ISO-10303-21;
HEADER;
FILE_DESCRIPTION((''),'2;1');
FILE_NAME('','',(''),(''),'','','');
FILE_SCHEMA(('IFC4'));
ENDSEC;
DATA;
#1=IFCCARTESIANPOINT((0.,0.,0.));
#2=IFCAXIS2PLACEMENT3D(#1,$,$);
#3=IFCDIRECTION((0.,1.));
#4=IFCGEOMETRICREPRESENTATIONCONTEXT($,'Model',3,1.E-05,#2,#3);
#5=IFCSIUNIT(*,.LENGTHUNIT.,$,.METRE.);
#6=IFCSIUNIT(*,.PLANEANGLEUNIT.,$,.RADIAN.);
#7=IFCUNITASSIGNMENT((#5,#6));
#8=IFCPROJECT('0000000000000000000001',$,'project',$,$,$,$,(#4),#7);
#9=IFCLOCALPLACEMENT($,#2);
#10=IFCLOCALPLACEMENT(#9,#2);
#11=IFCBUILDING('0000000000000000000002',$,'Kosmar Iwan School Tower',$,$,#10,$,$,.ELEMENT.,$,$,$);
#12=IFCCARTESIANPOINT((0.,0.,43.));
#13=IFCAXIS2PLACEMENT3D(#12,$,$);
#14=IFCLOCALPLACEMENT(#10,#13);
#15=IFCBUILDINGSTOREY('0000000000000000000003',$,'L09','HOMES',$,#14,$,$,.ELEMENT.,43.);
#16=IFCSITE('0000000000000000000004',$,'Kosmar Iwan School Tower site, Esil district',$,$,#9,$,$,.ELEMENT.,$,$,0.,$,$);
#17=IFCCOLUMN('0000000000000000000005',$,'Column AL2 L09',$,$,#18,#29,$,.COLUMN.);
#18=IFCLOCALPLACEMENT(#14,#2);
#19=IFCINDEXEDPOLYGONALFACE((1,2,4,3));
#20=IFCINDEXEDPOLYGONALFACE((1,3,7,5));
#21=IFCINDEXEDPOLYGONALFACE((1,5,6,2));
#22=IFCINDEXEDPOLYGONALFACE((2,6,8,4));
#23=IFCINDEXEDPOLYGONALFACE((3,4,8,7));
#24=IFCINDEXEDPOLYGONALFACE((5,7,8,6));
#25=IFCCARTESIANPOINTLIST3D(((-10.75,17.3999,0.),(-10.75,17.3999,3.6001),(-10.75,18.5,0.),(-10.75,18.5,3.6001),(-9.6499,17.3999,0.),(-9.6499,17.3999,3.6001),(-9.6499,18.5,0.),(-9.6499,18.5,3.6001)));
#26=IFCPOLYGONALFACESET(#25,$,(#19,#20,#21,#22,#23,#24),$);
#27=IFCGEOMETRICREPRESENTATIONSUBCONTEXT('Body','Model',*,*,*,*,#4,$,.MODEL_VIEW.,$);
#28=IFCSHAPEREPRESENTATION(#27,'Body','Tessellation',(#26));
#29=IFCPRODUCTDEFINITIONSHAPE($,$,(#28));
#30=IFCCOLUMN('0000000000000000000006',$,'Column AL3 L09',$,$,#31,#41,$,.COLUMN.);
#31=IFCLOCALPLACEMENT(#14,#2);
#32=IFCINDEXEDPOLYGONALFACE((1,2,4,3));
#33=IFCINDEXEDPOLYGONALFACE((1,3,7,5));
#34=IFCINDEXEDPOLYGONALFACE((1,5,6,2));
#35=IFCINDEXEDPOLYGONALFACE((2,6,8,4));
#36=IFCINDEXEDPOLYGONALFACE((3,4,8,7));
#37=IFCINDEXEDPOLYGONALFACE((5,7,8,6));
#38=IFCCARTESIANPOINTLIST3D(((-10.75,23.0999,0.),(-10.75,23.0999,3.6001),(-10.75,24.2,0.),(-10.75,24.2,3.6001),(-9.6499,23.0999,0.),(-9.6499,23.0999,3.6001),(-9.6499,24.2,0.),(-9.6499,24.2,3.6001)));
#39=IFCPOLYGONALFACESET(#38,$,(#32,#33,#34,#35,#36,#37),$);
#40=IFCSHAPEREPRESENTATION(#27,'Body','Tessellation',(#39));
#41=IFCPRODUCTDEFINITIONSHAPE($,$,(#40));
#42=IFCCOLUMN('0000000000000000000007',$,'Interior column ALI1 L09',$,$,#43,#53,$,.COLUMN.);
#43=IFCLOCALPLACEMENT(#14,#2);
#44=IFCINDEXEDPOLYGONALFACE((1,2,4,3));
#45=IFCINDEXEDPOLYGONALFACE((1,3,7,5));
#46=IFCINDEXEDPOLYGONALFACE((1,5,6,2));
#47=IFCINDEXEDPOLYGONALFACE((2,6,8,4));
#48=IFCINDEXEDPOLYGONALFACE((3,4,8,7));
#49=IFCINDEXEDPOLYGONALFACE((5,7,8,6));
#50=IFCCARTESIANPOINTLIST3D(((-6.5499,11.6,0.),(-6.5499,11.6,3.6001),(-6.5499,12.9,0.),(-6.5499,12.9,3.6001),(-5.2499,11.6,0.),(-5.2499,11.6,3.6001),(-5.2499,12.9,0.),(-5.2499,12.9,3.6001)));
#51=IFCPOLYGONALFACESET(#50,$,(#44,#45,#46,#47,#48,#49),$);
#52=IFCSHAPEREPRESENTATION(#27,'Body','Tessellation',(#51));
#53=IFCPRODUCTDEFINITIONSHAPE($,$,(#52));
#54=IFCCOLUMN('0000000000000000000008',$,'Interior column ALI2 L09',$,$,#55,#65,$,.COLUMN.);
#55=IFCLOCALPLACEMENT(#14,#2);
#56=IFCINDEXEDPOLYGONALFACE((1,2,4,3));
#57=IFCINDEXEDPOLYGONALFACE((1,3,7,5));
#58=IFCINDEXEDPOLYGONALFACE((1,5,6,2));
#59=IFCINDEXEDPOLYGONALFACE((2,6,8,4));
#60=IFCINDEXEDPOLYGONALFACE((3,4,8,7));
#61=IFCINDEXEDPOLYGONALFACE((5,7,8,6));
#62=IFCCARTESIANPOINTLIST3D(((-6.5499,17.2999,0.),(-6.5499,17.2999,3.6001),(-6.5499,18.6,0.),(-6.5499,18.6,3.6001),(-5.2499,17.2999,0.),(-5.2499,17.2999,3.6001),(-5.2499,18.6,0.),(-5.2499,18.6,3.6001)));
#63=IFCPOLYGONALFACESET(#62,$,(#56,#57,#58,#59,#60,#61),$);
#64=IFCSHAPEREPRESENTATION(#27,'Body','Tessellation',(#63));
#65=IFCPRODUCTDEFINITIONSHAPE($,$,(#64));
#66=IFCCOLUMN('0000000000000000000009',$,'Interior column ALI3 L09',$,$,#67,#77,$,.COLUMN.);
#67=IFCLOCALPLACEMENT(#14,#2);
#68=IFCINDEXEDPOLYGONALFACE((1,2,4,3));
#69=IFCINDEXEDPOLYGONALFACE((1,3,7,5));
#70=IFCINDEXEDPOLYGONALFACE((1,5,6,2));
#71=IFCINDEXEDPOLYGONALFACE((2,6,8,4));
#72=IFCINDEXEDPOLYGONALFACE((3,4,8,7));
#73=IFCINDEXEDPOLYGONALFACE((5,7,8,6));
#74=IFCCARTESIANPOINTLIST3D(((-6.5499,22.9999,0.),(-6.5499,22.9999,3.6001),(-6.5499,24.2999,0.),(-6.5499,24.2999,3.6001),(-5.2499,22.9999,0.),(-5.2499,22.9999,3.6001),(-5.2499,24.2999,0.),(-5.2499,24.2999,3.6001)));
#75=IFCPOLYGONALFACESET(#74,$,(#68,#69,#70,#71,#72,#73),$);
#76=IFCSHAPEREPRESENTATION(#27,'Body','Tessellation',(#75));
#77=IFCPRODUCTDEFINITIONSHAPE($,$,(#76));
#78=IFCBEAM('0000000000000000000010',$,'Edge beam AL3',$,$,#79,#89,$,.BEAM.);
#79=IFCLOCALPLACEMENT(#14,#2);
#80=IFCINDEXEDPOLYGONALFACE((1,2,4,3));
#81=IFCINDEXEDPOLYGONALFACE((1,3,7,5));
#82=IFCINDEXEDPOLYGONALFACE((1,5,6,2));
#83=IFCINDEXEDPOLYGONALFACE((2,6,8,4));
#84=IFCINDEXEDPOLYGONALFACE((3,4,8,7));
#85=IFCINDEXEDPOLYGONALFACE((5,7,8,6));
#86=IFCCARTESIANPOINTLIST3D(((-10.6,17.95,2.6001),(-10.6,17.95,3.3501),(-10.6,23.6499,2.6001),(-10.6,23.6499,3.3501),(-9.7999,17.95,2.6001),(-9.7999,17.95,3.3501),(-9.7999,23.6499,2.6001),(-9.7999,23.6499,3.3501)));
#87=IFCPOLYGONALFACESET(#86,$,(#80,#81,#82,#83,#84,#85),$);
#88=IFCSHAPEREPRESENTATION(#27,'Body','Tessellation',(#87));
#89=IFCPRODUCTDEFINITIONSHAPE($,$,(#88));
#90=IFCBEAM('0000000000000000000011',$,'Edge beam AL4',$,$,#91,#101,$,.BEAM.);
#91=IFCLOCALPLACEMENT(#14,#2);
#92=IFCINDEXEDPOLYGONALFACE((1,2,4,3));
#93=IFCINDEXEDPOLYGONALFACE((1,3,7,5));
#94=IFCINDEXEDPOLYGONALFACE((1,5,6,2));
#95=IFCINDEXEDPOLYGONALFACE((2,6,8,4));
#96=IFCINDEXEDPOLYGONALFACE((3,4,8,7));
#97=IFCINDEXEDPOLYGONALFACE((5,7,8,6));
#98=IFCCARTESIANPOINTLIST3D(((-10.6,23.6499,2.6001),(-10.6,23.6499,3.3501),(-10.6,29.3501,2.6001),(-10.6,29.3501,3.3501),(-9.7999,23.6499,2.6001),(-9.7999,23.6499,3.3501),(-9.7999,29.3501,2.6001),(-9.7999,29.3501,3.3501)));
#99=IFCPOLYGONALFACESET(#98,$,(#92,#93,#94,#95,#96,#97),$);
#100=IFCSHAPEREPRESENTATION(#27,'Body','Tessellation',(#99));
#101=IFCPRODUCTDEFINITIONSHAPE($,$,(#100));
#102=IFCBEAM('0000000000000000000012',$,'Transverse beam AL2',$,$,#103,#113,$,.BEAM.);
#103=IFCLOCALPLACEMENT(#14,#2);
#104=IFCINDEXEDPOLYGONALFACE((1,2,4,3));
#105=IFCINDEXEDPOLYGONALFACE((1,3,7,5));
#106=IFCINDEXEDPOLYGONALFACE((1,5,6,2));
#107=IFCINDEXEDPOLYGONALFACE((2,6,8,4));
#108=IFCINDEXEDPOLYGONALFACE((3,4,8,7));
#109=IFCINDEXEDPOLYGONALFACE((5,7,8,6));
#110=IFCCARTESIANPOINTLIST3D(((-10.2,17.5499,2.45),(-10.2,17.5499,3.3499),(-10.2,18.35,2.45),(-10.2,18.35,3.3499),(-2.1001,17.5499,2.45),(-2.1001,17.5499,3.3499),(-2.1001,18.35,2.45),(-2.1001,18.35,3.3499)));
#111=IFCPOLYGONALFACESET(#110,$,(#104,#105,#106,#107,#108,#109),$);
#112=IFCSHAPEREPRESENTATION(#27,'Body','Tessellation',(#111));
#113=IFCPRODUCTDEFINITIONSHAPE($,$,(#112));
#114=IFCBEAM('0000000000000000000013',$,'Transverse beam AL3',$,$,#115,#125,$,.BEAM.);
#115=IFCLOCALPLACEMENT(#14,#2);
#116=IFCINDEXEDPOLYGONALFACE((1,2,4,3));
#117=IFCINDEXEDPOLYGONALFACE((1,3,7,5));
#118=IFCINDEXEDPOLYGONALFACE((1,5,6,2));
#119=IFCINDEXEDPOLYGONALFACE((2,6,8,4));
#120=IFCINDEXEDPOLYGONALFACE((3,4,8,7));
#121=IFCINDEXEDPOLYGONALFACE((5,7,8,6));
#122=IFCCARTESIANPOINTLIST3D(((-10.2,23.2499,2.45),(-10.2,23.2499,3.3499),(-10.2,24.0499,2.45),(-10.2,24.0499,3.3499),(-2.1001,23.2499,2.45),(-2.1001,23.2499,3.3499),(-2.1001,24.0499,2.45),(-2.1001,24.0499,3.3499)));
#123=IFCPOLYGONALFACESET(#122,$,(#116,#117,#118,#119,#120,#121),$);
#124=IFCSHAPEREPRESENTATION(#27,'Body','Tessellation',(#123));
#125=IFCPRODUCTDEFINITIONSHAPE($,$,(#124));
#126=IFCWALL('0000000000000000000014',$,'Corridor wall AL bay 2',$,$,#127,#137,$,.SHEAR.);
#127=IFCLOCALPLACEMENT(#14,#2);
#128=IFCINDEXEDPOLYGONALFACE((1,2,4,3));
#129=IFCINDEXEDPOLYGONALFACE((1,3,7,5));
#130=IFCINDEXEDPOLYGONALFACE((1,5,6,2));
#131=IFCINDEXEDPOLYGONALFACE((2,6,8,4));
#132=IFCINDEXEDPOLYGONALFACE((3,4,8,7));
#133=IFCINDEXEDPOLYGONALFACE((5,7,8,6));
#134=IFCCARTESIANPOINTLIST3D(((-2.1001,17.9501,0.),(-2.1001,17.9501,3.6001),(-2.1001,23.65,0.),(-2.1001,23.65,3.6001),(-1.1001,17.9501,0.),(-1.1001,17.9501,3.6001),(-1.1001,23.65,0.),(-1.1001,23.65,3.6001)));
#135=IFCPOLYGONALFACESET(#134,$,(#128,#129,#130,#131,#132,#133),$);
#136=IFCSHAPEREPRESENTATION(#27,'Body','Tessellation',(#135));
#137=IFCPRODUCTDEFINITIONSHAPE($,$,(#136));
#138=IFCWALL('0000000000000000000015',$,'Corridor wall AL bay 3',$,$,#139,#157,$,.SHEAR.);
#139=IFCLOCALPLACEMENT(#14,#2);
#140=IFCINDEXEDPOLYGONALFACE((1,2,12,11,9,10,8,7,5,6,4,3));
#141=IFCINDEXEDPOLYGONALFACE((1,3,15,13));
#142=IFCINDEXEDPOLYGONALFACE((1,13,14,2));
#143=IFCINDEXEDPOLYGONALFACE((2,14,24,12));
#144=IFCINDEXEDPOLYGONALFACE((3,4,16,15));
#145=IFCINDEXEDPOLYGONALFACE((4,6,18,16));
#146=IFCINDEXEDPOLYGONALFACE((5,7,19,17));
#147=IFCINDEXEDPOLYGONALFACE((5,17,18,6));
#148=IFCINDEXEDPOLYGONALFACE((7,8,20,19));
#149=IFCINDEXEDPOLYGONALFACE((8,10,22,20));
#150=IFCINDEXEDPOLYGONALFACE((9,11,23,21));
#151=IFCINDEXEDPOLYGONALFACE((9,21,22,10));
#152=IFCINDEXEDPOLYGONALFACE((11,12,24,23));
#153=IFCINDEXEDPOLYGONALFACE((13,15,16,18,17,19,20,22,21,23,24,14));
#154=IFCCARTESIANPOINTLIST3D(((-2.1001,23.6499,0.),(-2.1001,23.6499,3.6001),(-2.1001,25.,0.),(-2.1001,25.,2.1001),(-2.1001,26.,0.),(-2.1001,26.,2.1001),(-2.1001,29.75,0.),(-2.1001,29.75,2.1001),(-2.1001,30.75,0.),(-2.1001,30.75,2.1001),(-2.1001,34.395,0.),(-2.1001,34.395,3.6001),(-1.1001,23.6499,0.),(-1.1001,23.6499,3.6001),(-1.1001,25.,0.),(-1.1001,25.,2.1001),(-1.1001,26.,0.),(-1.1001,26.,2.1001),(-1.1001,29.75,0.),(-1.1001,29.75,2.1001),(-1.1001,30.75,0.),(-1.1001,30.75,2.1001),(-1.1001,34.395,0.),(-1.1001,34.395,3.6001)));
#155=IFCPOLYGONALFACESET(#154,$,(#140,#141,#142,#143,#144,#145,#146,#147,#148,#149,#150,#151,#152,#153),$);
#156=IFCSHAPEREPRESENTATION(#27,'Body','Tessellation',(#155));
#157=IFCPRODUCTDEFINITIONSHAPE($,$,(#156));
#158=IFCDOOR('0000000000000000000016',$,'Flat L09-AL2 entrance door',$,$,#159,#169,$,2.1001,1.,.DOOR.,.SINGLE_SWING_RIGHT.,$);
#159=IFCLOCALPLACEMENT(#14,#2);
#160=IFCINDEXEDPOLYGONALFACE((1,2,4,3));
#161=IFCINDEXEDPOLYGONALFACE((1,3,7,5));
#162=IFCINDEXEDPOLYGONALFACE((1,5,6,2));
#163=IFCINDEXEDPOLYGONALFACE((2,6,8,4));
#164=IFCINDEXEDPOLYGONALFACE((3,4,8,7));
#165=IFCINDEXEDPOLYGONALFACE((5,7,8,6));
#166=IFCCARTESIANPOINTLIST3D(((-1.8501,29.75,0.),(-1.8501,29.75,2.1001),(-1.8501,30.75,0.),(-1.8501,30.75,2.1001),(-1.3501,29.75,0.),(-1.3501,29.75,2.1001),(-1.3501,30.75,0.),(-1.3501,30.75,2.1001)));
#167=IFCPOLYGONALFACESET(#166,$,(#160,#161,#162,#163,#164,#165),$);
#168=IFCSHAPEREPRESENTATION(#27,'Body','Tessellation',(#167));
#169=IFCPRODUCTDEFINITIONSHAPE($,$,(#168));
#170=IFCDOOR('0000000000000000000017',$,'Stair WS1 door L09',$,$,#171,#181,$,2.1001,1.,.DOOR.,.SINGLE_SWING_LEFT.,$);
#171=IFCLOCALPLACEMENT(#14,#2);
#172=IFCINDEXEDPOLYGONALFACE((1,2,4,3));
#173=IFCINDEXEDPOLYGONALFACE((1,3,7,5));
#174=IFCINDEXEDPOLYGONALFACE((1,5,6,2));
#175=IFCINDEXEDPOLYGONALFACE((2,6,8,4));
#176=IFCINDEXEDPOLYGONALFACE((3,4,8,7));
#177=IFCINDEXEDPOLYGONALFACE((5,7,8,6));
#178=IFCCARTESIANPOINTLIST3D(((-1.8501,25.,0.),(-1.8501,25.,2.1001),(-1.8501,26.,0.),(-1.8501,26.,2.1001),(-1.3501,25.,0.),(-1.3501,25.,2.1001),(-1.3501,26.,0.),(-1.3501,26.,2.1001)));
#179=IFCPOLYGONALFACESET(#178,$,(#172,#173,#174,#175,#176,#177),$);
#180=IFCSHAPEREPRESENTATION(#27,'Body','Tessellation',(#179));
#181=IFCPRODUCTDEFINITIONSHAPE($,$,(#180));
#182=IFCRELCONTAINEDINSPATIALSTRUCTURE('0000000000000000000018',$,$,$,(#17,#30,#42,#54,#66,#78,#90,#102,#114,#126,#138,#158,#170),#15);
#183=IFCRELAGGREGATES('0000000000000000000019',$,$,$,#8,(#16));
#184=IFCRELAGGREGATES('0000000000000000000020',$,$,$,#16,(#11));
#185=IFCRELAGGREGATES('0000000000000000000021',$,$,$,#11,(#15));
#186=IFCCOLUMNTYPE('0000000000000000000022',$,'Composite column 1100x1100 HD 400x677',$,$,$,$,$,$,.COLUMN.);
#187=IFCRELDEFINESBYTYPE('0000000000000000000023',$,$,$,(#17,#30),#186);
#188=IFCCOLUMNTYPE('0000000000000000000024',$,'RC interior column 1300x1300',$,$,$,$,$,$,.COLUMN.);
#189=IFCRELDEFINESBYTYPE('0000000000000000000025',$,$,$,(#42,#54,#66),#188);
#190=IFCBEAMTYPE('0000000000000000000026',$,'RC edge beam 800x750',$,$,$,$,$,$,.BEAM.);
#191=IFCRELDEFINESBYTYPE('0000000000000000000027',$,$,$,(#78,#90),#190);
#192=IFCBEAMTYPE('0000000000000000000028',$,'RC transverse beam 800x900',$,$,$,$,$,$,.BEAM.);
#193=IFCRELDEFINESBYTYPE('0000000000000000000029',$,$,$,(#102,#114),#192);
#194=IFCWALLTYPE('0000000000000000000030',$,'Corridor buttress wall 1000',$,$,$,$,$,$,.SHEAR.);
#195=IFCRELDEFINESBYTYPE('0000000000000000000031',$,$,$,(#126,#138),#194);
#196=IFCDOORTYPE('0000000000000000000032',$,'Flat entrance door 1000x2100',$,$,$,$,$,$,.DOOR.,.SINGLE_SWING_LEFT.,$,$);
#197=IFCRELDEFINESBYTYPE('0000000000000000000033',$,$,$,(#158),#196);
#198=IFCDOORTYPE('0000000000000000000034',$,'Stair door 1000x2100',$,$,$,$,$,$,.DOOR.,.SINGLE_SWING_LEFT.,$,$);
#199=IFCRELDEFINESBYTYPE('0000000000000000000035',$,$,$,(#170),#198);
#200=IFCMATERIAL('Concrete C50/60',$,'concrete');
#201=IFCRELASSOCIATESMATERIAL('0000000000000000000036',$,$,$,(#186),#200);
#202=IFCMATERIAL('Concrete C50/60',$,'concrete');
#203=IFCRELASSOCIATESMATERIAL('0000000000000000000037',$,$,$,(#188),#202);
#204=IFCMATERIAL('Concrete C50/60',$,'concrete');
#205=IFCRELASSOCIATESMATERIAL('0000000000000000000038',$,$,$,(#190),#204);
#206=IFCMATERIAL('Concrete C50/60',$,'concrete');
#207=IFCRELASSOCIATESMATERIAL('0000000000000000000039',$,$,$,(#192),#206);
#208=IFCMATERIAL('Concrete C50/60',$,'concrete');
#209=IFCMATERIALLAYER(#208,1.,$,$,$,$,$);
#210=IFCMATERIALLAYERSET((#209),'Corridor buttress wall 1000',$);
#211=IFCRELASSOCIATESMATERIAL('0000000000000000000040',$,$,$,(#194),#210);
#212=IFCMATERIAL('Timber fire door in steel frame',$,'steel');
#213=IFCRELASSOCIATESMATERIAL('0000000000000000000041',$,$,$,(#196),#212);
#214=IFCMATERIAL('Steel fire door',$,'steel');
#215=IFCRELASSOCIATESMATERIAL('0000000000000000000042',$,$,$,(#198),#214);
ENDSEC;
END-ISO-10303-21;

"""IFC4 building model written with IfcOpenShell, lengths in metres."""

from ifc_helpers import new_model, si_unit, direction, frame, frame_2d, origin, origin_2d, place, context, subcontext, project, spatial, rectangle, extrude, material, layer, layer_set, material_profile, profile_set, type_object, element, fill, save


model = new_model("IFC4")

# Units and contexts
model_context = context("Model", 3, precision=1e-05, world=origin(), true_north=direction((0.0, 1.0)))
body_context = subcontext(model_context, "Body", "Model", "MODEL_VIEW")
ifc_project = project(units=[si_unit("LENGTHUNIT", "METRE"), si_unit("PLANEANGLEUNIT", "RADIAN")], contexts=[model_context])

# Site, building, storey
site_placement = place(None, origin())
site = spatial("IfcSite", under=ifc_project, at=site_placement, Name="Kosmar Iwan School Tower site, Esil district", CompositionType="ELEMENT", RefElevation=0.0)
building_placement = place(site_placement, origin())
building = spatial("IfcBuilding", under=site, at=building_placement, Name="Kosmar Iwan School Tower", CompositionType="ELEMENT")
storey_placement = place(building_placement, frame((0.0, 0.0, 43.0)))
storey = spatial("IfcBuildingStorey", under=building, at=storey_placement, Name="L09", Description="HOMES", CompositionType="ELEMENT", Elevation=43.0)

# Columns
ifc_material_1 = material(Name="Concrete C50/60", Category="concrete")
ifc_material_profile_1 = material_profile(ifc_material_1, rectangle(XDim=1.1001, YDim=1.1001, at=origin_2d()), Name="RC 1100x1100 + HD 400x677")
ifc_profile_set_1 = profile_set([ifc_material_profile_1], Name="Concrete C50/60")
column_type_1 = type_object("IfcColumnType", Name="Composite column 1100x1100 HD 400x677", PredefinedType="COLUMN", material=ifc_profile_set_1)
for number, where, z_axis, x_axis, name in (
    (1, (-10.2, 17.95, 0.0), (0.0, 0.0, 1.0), (0.0, 1.0, 0.0), "Column AL2 L09"),
    (2, (-10.2, 23.6499, 0.0), (0.0, 0.0, 1.0), (0.0, 1.0, 0.0), "Column AL3 L09"),
):
    element("IfcColumn", number, at=place(storey_placement, frame(where, z_axis=z_axis, x_axis=x_axis)), inside=storey, type_object=column_type_1, Name=name, PredefinedType="COLUMN", context=body_context, shape_type="SweptSolid", body=[
        extrude(rectangle(XDim=1.1001, YDim=1.1001, at=origin_2d()), origin(), (0.0, 0.0, 1.0), 3.6001),
    ])
ifc_material_2 = material(Name="Concrete C50/60", Category="concrete")
ifc_material_profile_2 = material_profile(ifc_material_2, rectangle(XDim=1.3, YDim=1.3, at=origin_2d()), Name="RC 1300x1300")
ifc_profile_set_2 = profile_set([ifc_material_profile_2], Name="Concrete C50/60")
column_type_2 = type_object("IfcColumnType", Name="RC interior column 1300x1300", PredefinedType="COLUMN", material=ifc_profile_set_2)
for number, where, z_axis, x_axis, name in (
    (3, (-5.8999, 12.25, 0.0), (0.0, 0.0, 1.0), (0.0, 1.0, 0.0), "Interior column ALI1 L09"),
    (4, (-5.8999, 17.95, 0.0), (0.0, 0.0, 1.0), (0.0, 1.0, 0.0), "Interior column ALI2 L09"),
    (5, (-5.8999, 23.6499, 0.0), (0.0, 0.0, 1.0), (0.0, 1.0, 0.0), "Interior column ALI3 L09"),
):
    element("IfcColumn", number, at=place(storey_placement, frame(where, z_axis=z_axis, x_axis=x_axis)), inside=storey, type_object=column_type_2, Name=name, PredefinedType="COLUMN", context=body_context, shape_type="SweptSolid", body=[
        extrude(rectangle(XDim=1.3, YDim=1.3, at=origin_2d()), origin(), (0.0, 0.0, 1.0), 3.6001),
    ])

# Beams
ifc_material_3 = material(Name="Concrete C50/60", Category="concrete")
ifc_material_profile_3 = material_profile(ifc_material_3, rectangle(XDim=0.8, YDim=0.75, at=origin_2d()), Name="RC 800x750")
ifc_profile_set_3 = profile_set([ifc_material_profile_3], Name="Concrete C50/60")
beam_type_1 = type_object("IfcBeamType", Name="RC edge beam 800x750", PredefinedType="BEAM", material=ifc_profile_set_3)
beam_1_placement = place(storey_placement, frame((-10.2, 17.95, 2.9751), z_axis=(0.0, 1.0, 0.0), x_axis=(-1.0, 0.0, 0.0)))
element("IfcBeam", 6, at=beam_1_placement, inside=storey, type_object=beam_type_1, Name="Edge beam AL3", PredefinedType="BEAM", context=body_context, shape_type="SweptSolid", body=[
    extrude(rectangle(XDim=0.8, YDim=0.75, at=origin_2d()), origin(), (0.0, 0.0, 1.0), 5.7),
])
beam_2_placement = place(storey_placement, frame((-10.2, 23.6499, 2.9751), z_axis=(0.0, 1.0, 0.0), x_axis=(-1.0, 0.0, 0.0)))
element("IfcBeam", 7, at=beam_2_placement, inside=storey, type_object=beam_type_1, Name="Edge beam AL4", PredefinedType="BEAM", context=body_context, shape_type="SweptSolid", body=[
    extrude(rectangle(XDim=0.8, YDim=0.75, at=origin_2d()), origin(), (0.0, 0.0, 1.0), 5.7002),
])
ifc_material_4 = material(Name="Concrete C50/60", Category="concrete")
ifc_material_profile_4 = material_profile(ifc_material_4, rectangle(XDim=0.8, YDim=0.8999, at=origin_2d()), Name="RC 800x900")
ifc_profile_set_4 = profile_set([ifc_material_profile_4], Name="Concrete C50/60")
beam_type_2 = type_object("IfcBeamType", Name="RC transverse beam 800x900", PredefinedType="BEAM", material=ifc_profile_set_4)
for number, where, z_axis, x_axis, name in (
    (8, (-10.2, 17.95, 2.8999), (1.0, 0.0, 0.0), (0.0, 1.0, 0.0), "Transverse beam AL2"),
    (9, (-10.2, 23.6499, 2.8999), (1.0, 0.0, 0.0), (0.0, 1.0, 0.0), "Transverse beam AL3"),
):
    element("IfcBeam", number, at=place(storey_placement, frame(where, z_axis=z_axis, x_axis=x_axis)), inside=storey, type_object=beam_type_2, Name=name, PredefinedType="BEAM", context=body_context, shape_type="SweptSolid", body=[
        extrude(rectangle(XDim=0.8, YDim=0.8999, at=origin_2d()), origin(), (0.0, 0.0, 1.0), 8.0999),
    ])

# Wall
ifc_material_5 = material(Name="Concrete C50/60", Category="concrete")
ifc_layer_1 = layer(ifc_material_5, 1.0)
ifc_layer_set_1 = layer_set([ifc_layer_1], Name="Corridor buttress wall 1000")
wall_type_1 = type_object("IfcWallType", Name="Corridor buttress wall 1000", PredefinedType="SHEAR", material=ifc_layer_set_1)
wall_1_placement = place(storey_placement, frame((-1.6001, 17.95, 0.0), z_axis=(0.0, 0.0, 1.0), x_axis=(0.0, 1.0, 0.0)))
element("IfcWall", 10, at=wall_1_placement, inside=storey, type_object=wall_type_1, Name="Corridor wall AL bay 2", PredefinedType="SHEAR", context=body_context, shape_type="SweptSolid", body=[
    extrude(rectangle(XDim=5.7, YDim=1.0, at=frame_2d((2.8501, 0.0))), origin(), (0.0, 0.0, 1.0), 3.6001),
])

# Wall, openings, doors
wall_2_placement = place(storey_placement, frame((-1.6001, 23.6499, 0.0), z_axis=(0.0, 0.0, 1.0), x_axis=(0.0, 1.0, 0.0)))
wall_2 = element("IfcWall", 11, at=wall_2_placement, inside=storey, type_object=wall_type_1, Name="Corridor wall AL bay 3", PredefinedType="SHEAR", context=body_context, shape_type="SweptSolid", body=[
    extrude(rectangle(XDim=10.7451, YDim=1.0, at=frame_2d((5.3726, 0.0))), origin(), (0.0, 0.0, 1.0), 3.6001),
])
opening_1_placement = place(wall_2_placement, frame((6.1001, 0.0, 0.0)))
opening_1 = element("IfcOpeningElement", 12, at=opening_1_placement, cuts=wall_2, PredefinedType="OPENING", context=body_context, shape_type="SweptSolid", body=[
    extrude(rectangle(XDim=1.0, YDim=2.1001, at=frame_2d((0.5, 1.05))), frame((0.0, 0.512, 0.0), z_axis=(0.0, -1.0, 0.0), x_axis=(1.0, 0.0, 0.0)), (0.0, 0.0, 1.0), 1.0239),
])
opening_2_placement = place(wall_2_placement, frame((1.3501, 0.0, 0.0)))
opening_2 = element("IfcOpeningElement", 13, at=opening_2_placement, cuts=wall_2, PredefinedType="OPENING", context=body_context, shape_type="SweptSolid", body=[
    extrude(rectangle(XDim=1.0, YDim=2.1001, at=frame_2d((0.5, 1.05))), frame((0.0, 0.512, 0.0), z_axis=(0.0, -1.0, 0.0), x_axis=(1.0, 0.0, 0.0)), (0.0, 0.0, 1.0), 1.0239),
])
ifc_material_6 = material(Name="Timber fire door in steel frame", Category="steel")
door_type_1 = type_object("IfcDoorType", Name="Flat entrance door 1000x2100", OperationType="SINGLE_SWING_LEFT", PredefinedType="DOOR", material=ifc_material_6)
door_1_placement = place(opening_1_placement, origin())
door_1 = element("IfcDoor", 14, at=door_1_placement, inside=storey, type_object=door_type_1, Name="Flat L09-AL2 entrance door", OperationType="SINGLE_SWING_RIGHT", OverallHeight=2.1001, OverallWidth=1.0, PredefinedType="DOOR", context=body_context, shape_type="SweptSolid", body=[
    extrude(rectangle(XDim=1.0, YDim=2.1001, at=frame_2d((0.5, 1.05))), frame((0.0, 0.25, 0.0), z_axis=(0.0, -1.0, 0.0), x_axis=(1.0, 0.0, 0.0)), (0.0, 0.0, 1.0), 0.5),
])
fill(opening_1, door_1)
ifc_material_7 = material(Name="Steel fire door", Category="steel")
door_type_2 = type_object("IfcDoorType", Name="Stair door 1000x2100", OperationType="SINGLE_SWING_LEFT", PredefinedType="DOOR", material=ifc_material_7)
door_2_placement = place(opening_2_placement, origin())
door_2 = element("IfcDoor", 15, at=door_2_placement, inside=storey, type_object=door_type_2, Name="Stair WS1 door L09", OperationType="SINGLE_SWING_LEFT", OverallHeight=2.1001, OverallWidth=1.0, PredefinedType="DOOR", context=body_context, shape_type="SweptSolid", body=[
    extrude(rectangle(XDim=1.0, YDim=2.1001, at=frame_2d((0.5, 1.05))), frame((0.0, 0.25, 0.0), z_axis=(0.0, -1.0, 0.0), x_axis=(1.0, 0.0, 0.0)), (0.0, 0.0, 1.0), 0.5),
])
fill(opening_2, door_2)

save(model, "model.ifc")
